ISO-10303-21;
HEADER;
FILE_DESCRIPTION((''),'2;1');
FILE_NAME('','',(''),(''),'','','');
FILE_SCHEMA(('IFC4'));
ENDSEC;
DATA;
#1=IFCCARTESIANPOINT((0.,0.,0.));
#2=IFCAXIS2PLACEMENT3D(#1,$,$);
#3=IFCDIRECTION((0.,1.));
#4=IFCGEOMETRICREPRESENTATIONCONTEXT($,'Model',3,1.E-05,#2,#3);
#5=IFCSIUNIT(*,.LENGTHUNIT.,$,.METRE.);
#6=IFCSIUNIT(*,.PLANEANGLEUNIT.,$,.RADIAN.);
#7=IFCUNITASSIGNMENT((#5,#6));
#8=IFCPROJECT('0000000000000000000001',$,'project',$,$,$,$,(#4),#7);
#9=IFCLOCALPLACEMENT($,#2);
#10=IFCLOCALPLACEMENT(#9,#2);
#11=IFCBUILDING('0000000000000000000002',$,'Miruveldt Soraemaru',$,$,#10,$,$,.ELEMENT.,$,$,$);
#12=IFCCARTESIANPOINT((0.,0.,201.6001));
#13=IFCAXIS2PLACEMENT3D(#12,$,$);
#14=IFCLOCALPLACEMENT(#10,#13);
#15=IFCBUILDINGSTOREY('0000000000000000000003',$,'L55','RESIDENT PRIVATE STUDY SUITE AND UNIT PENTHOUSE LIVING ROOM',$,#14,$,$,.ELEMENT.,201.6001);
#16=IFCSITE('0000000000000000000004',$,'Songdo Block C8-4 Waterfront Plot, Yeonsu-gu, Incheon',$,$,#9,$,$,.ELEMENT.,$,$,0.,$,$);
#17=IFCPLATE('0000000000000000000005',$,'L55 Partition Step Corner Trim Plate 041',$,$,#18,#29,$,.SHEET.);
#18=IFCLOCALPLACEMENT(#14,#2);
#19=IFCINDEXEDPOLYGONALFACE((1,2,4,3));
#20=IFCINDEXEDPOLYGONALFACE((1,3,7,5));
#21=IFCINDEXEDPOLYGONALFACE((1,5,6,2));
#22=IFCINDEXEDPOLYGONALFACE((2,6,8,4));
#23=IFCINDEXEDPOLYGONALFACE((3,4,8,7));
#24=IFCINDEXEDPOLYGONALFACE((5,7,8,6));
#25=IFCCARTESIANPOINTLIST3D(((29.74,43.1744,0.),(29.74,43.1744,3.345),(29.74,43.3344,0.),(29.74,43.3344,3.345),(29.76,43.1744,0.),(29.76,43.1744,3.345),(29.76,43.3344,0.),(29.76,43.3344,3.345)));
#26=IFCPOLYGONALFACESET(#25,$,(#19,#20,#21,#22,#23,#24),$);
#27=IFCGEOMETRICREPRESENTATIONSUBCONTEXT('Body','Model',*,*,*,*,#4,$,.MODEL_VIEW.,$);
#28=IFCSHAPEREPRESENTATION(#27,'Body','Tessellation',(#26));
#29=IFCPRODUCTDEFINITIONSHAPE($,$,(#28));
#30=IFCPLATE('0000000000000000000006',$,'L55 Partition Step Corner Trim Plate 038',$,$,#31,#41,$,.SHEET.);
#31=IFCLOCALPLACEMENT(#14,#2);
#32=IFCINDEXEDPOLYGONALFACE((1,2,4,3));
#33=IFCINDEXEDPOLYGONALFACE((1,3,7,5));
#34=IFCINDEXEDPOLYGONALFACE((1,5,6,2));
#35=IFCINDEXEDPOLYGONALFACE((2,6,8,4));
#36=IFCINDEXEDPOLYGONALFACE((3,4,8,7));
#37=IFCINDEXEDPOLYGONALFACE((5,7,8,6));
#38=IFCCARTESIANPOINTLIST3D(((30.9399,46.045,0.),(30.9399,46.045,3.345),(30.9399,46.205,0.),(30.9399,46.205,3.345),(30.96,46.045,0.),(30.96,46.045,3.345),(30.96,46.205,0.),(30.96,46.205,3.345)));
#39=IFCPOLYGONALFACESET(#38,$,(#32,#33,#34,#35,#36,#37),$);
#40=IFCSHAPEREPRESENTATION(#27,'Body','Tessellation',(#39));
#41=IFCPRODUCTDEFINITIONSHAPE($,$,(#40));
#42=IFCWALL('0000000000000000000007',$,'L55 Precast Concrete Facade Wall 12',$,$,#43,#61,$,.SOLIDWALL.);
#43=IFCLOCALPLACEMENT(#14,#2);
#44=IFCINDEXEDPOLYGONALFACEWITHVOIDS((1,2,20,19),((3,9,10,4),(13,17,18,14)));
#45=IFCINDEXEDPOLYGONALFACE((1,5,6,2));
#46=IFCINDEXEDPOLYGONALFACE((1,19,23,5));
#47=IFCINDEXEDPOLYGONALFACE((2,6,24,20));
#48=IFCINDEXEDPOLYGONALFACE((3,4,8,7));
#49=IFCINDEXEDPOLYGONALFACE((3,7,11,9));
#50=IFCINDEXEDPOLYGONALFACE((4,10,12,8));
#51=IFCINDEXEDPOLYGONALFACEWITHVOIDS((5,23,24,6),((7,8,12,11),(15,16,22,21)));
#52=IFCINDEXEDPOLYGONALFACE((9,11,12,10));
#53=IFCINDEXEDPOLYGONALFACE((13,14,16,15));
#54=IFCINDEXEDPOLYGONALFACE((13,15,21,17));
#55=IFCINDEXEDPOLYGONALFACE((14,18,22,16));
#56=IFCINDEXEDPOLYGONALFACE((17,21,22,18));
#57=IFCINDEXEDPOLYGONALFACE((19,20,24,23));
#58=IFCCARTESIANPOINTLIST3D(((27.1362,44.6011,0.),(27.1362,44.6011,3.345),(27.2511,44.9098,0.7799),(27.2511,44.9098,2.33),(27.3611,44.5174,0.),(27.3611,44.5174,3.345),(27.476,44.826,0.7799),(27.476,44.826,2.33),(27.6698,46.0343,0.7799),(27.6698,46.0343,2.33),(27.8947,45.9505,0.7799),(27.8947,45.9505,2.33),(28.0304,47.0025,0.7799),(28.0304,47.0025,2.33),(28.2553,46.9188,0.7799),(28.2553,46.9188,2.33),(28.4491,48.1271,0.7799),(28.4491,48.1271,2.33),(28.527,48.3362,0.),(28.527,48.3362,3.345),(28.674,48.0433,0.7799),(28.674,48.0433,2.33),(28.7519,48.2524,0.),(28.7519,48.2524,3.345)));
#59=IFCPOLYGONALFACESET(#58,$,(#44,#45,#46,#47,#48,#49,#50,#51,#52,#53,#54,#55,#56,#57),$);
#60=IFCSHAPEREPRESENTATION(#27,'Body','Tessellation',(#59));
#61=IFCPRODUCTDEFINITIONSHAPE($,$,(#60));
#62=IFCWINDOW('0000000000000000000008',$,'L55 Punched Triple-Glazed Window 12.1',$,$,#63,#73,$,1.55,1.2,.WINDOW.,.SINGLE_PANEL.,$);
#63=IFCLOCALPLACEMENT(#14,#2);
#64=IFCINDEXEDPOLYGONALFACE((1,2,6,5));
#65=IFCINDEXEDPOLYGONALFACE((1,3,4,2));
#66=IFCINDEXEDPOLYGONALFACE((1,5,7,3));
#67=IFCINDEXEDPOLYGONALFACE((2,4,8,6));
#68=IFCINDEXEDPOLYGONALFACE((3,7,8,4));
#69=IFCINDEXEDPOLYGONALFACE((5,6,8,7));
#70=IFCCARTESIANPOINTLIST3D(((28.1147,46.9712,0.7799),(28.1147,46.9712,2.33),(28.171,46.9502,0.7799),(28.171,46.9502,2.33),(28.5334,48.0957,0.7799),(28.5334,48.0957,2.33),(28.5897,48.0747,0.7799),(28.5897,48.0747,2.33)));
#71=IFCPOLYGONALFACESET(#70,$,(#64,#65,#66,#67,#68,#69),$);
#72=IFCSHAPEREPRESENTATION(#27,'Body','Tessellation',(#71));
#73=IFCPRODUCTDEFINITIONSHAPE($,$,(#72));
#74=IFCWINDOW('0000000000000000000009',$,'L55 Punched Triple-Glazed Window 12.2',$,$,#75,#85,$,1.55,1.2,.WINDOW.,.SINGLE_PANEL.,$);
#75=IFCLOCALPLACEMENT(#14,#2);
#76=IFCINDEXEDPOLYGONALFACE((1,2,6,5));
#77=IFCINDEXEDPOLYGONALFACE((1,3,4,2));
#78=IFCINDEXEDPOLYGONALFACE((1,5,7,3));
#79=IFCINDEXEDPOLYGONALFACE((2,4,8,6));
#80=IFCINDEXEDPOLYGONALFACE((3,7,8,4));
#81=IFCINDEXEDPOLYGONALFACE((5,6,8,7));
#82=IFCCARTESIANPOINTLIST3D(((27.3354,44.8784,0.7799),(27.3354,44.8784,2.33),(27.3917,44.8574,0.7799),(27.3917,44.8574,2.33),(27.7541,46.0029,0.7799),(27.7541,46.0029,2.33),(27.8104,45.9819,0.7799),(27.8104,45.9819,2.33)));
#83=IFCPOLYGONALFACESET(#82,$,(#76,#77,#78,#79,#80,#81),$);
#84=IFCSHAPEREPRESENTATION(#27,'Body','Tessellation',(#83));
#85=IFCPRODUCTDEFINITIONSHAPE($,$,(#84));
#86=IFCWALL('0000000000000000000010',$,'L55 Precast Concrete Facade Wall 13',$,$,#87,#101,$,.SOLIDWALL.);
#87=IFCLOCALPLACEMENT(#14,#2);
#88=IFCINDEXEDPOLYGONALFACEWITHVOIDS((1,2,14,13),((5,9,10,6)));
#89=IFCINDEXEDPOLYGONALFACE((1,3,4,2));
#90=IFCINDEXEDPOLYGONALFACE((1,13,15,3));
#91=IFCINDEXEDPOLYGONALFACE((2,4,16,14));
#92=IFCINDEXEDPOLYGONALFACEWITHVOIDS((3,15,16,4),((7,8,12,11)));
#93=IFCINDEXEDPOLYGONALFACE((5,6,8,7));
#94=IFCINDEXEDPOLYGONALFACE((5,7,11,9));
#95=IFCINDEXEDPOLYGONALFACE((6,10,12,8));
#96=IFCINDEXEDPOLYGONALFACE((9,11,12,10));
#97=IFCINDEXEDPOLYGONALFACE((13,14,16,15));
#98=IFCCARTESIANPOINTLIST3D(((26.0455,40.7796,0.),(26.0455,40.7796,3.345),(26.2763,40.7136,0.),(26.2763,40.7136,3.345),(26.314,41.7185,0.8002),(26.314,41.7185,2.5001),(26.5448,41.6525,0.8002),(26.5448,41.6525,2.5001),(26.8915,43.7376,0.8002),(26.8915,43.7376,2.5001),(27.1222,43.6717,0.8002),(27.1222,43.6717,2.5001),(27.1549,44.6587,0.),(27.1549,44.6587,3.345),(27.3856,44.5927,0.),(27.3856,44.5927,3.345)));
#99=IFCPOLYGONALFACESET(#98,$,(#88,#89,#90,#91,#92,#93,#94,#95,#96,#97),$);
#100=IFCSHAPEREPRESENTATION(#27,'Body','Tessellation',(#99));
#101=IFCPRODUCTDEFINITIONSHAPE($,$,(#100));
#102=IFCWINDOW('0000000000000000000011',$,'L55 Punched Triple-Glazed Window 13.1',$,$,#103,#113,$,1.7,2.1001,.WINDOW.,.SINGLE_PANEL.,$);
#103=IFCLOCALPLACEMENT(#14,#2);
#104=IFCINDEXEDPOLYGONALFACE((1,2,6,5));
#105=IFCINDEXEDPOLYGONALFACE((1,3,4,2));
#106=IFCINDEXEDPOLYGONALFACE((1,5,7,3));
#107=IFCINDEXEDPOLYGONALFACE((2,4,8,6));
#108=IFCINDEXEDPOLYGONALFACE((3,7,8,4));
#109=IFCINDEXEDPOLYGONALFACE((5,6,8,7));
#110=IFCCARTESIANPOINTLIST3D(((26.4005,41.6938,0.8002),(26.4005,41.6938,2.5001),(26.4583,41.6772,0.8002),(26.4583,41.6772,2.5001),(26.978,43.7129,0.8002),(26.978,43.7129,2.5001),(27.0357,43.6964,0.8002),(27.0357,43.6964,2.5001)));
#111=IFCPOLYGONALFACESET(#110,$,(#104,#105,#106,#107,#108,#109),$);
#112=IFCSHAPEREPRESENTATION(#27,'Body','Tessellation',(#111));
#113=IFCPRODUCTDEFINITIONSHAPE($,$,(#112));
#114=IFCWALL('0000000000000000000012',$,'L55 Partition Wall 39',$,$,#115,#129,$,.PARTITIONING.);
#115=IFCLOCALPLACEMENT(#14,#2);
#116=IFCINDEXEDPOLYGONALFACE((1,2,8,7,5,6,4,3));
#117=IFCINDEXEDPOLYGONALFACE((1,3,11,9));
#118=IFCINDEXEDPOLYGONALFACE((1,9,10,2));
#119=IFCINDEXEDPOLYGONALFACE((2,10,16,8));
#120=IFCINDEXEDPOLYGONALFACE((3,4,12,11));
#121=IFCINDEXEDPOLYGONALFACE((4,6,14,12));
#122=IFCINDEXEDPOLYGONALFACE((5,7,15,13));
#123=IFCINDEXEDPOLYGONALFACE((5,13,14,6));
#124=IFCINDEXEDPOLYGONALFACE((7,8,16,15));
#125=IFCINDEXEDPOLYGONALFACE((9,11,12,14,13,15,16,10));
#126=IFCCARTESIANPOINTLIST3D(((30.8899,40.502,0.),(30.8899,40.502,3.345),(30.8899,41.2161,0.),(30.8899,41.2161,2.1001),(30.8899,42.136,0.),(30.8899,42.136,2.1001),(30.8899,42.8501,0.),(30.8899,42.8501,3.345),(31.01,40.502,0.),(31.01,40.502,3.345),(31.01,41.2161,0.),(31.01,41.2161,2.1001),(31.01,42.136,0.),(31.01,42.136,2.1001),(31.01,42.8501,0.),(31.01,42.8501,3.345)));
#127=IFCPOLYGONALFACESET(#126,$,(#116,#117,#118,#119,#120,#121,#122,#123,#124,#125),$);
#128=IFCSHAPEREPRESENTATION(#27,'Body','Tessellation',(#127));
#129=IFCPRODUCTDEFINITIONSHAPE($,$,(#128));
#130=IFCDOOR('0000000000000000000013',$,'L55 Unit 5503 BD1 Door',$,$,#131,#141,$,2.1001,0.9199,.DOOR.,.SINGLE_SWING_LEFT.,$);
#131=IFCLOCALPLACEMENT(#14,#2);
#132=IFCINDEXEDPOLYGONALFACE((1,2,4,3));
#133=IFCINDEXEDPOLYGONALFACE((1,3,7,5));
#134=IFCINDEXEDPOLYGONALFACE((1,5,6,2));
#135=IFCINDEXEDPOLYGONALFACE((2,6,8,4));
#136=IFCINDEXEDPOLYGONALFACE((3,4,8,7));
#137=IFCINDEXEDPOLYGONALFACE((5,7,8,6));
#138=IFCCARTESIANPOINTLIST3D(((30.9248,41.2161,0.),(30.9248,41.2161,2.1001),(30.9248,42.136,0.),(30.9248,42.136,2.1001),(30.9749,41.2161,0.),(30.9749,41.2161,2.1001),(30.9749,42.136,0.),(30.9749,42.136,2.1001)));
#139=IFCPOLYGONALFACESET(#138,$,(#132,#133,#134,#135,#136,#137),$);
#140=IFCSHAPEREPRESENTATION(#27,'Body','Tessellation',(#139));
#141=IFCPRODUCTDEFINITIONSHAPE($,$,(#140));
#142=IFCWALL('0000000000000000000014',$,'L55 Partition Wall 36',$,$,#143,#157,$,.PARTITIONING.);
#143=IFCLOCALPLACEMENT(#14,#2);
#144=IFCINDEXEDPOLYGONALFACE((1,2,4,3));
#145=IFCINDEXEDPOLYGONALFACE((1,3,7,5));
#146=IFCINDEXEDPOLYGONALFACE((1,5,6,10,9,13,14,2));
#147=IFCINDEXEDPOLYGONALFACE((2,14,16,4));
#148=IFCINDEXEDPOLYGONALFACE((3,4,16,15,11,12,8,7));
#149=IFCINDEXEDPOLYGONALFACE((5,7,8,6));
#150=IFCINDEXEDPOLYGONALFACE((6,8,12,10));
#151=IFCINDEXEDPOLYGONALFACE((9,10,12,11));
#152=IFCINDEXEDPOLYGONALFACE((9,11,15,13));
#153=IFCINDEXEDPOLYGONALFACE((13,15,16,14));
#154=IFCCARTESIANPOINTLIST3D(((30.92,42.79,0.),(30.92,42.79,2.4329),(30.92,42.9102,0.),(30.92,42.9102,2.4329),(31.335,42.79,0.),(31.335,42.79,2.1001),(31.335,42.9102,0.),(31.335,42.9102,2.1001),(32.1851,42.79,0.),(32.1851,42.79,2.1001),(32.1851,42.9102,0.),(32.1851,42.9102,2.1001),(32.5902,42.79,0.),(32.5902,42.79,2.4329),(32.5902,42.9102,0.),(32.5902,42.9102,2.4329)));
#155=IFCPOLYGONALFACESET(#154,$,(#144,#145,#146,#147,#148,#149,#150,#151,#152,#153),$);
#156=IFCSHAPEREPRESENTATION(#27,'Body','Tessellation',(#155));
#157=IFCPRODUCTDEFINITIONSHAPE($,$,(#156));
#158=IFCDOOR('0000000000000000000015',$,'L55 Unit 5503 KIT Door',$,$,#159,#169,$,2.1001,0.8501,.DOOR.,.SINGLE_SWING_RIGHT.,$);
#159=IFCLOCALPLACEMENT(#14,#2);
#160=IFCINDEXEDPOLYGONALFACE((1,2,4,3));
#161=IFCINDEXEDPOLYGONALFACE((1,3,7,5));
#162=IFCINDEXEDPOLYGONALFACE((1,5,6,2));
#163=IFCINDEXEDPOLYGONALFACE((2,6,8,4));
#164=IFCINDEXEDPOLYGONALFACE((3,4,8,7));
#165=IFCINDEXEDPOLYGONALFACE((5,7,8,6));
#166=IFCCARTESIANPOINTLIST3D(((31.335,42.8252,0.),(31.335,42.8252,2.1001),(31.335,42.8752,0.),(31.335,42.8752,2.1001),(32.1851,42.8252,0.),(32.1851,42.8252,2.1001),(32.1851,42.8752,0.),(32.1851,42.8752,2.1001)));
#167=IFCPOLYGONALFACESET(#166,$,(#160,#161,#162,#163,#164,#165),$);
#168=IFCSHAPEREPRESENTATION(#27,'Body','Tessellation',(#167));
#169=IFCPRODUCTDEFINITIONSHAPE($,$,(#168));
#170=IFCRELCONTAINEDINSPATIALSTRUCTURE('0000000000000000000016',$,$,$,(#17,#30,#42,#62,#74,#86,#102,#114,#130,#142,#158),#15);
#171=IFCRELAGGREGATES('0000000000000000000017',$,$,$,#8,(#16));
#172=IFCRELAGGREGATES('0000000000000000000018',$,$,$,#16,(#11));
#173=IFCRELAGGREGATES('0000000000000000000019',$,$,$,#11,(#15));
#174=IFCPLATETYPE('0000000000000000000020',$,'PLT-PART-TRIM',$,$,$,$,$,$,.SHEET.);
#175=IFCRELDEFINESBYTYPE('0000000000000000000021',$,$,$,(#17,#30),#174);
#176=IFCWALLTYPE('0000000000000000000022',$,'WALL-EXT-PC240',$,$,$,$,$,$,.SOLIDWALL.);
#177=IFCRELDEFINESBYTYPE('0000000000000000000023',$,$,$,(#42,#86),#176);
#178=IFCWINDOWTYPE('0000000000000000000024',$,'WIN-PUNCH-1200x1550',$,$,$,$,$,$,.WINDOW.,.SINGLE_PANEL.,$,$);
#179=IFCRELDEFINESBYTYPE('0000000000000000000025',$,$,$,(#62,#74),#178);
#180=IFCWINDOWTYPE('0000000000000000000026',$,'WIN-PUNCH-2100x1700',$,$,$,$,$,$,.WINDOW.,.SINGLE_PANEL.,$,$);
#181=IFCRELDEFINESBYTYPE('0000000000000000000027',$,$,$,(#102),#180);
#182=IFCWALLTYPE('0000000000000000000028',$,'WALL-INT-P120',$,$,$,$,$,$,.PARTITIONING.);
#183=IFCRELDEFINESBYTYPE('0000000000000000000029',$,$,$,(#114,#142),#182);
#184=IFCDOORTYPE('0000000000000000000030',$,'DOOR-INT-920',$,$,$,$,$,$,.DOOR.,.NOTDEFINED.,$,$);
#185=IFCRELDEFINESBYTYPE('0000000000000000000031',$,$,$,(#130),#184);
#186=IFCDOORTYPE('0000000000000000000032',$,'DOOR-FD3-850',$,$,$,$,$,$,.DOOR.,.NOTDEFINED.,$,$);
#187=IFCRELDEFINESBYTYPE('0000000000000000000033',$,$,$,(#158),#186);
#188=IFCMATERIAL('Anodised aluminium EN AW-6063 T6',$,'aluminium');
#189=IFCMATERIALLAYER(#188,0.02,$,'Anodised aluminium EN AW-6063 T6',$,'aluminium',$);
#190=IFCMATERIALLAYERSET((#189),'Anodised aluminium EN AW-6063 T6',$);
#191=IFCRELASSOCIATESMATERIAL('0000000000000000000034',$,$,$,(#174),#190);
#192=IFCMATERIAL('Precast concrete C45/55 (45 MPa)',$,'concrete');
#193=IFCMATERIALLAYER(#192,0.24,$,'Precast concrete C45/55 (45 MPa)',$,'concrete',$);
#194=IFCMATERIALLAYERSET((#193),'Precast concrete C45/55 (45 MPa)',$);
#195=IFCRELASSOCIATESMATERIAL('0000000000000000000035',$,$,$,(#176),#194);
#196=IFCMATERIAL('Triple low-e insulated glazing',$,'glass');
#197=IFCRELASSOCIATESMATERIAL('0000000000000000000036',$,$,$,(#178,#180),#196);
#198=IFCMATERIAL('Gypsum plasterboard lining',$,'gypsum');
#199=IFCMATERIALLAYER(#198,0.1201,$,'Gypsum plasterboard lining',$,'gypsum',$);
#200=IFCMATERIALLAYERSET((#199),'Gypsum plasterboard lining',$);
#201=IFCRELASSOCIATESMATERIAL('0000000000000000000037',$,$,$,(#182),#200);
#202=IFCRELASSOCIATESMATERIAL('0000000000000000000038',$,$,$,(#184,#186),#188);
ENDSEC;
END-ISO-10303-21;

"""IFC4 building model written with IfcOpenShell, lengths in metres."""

from ifc_helpers import new_model, si_unit, direction, frame, frame_2d, origin, origin_2d, place, context, subcontext, project, spatial, rectangle, extrude, material, layer, layer_set, type_object, element, fill, save


model = new_model("IFC4")

# Units and contexts
model_context = context("Model", 3, precision=1e-05, world=origin(), true_north=direction((0.0, 1.0)))
body_context = subcontext(model_context, "Body", "Model", "MODEL_VIEW")
ifc_project = project(units=[si_unit("LENGTHUNIT", "METRE"), si_unit("PLANEANGLEUNIT", "RADIAN")], contexts=[model_context])

# Site, building, storey
site_placement = place(None, origin())
site = spatial("IfcSite", under=ifc_project, at=site_placement, Name="Songdo Block C8-4 Waterfront Plot, Yeonsu-gu, Incheon", CompositionType="ELEMENT", RefElevation=0.0)
building_placement = place(site_placement, origin())
building = spatial("IfcBuilding", under=site, at=building_placement, Name="Miruveldt Soraemaru", CompositionType="ELEMENT")
storey_placement = place(building_placement, frame((0.0, 0.0, 201.6001)))
storey = spatial("IfcBuildingStorey", under=building, at=storey_placement, Name="L55", Description="RESIDENT PRIVATE STUDY SUITE AND UNIT PENTHOUSE LIVING ROOM", CompositionType="ELEMENT", Elevation=201.6001)

# Plates
ifc_material_1 = material(Name="Anodised aluminium EN AW-6063 T6", Category="aluminium")
ifc_layer_1 = layer(ifc_material_1, 0.02, Name="Anodised aluminium EN AW-6063 T6", Category="aluminium")
ifc_layer_set_1 = layer_set([ifc_layer_1], Name="Anodised aluminium EN AW-6063 T6")
plate_type = type_object("IfcPlateType", Name="PLT-PART-TRIM", PredefinedType="SHEET", material=ifc_layer_set_1)
for number, where, z_axis, x_axis, name in (
    (1, (29.75, 43.2544, 0.0), (0.0, 0.0, 1.0), (0.0, -1.0, 0.0), "L55 Partition Step Corner Trim Plate 041"),
    (2, (30.95, 46.125, 0.0), (0.0, 0.0, 1.0), (0.0, -1.0, 0.0), "L55 Partition Step Corner Trim Plate 038"),
):
    element("IfcPlate", number, at=place(storey_placement, frame(where, z_axis=z_axis, x_axis=x_axis)), inside=storey, type_object=plate_type, Name=name, PredefinedType="SHEET", context=body_context, shape_type="SweptSolid", body=[
        extrude(rectangle(XDim=0.1599, YDim=0.02, at=origin_2d()), origin(), (0.0, 0.0, 1.0), 3.345),
    ])

# Wall, openings, windows
ifc_material_2 = material(Name="Precast concrete C45/55 (45 MPa)", Category="concrete")
ifc_layer_2 = layer(ifc_material_2, 0.24, Name="Precast concrete C45/55 (45 MPa)", Category="concrete")
ifc_layer_set_2 = layer_set([ifc_layer_2], Name="Precast concrete C45/55 (45 MPa)")
wall_type_1 = type_object("IfcWallType", Name="WALL-EXT-PC240", PredefinedType="SOLIDWALL", material=ifc_layer_set_2)
wall_1_placement = place(storey_placement, frame((28.6394, 48.2942, 0.0), z_axis=(0.0, 0.0, 1.0), x_axis=(-0.348968, -0.937135, 0.0)))
wall_1 = element("IfcWall", 3, at=wall_1_placement, inside=storey, type_object=wall_type_1, Name="L55 Precast Concrete Facade Wall 12", PredefinedType="SOLIDWALL", context=body_context, shape_type="SweptSolid", body=[
    extrude(rectangle(XDim=3.9856, YDim=0.24, at=frame_2d((1.9927, 0.0))), origin(), (0.0, 0.0, 1.0), 3.345),
])
opening_1_placement = place(wall_1_placement, frame((0.2229, 0.0, 0.78)))
opening_1 = element("IfcOpeningElement", 4, at=opening_1_placement, cuts=wall_1, PredefinedType="OPENING", context=body_context, shape_type="SweptSolid", body=[
    extrude(rectangle(XDim=1.2, YDim=1.55, at=frame_2d((0.6001, 0.7749))), frame((0.0, 0.1299, 0.0), z_axis=(0.0, -1.0, 0.0), x_axis=(1.0, 0.0, 0.0)), (0.0, 0.0, 1.0), 0.26),
])
opening_2_placement = place(wall_1_placement, frame((2.4561, 0.0, 0.78)))
opening_2 = element("IfcOpeningElement", 5, at=opening_2_placement, cuts=wall_1, PredefinedType="OPENING", context=body_context, shape_type="SweptSolid", body=[
    extrude(rectangle(XDim=1.2, YDim=1.55, at=frame_2d((0.6001, 0.7749))), frame((0.0, 0.1299, 0.0), z_axis=(0.0, -1.0, 0.0), x_axis=(1.0, 0.0, 0.0)), (0.0, 0.0, 1.0), 0.26),
])
ifc_material_3 = material(Name="Triple low-e insulated glazing", Category="glass")
window_type_1 = type_object("IfcWindowType", Name="WIN-PUNCH-1200x1550", PartitioningType="SINGLE_PANEL", PredefinedType="WINDOW", material=ifc_material_3)
window_1_placement = place(opening_1_placement, origin())
window_1 = element("IfcWindow", 6, at=window_1_placement, inside=storey, type_object=window_type_1, Name="L55 Punched Triple-Glazed Window 12.1", OverallHeight=1.55, OverallWidth=1.2, PartitioningType="SINGLE_PANEL", PredefinedType="WINDOW", context=body_context, shape_type="SweptSolid", body=[
    extrude(rectangle(XDim=1.2, YDim=1.55, at=frame_2d((0.6001, 0.7749))), frame((0.0, 0.03, 0.0), z_axis=(0.0, -1.0, 0.0), x_axis=(1.0, 0.0, 0.0)), (0.0, 0.0, 1.0), 0.0601),
])
fill(opening_1, window_1)
window_2_placement = place(opening_2_placement, origin())
window_2 = element("IfcWindow", 7, at=window_2_placement, inside=storey, type_object=window_type_1, Name="L55 Punched Triple-Glazed Window 12.2", OverallHeight=1.55, OverallWidth=1.2, PartitioningType="SINGLE_PANEL", PredefinedType="WINDOW", context=body_context, shape_type="SweptSolid", body=[
    extrude(rectangle(XDim=1.2, YDim=1.55, at=frame_2d((0.6001, 0.7749))), frame((0.0, 0.03, 0.0), z_axis=(0.0, -1.0, 0.0), x_axis=(1.0, 0.0, 0.0)), (0.0, 0.0, 1.0), 0.0601),
])
fill(opening_2, window_2)

# Wall, opening, window
wall_2_placement = place(storey_placement, frame((27.2703, 44.6257, 0.0), z_axis=(0.0, 0.0, 1.0), x_axis=(-0.274961, -0.961455, 0.0)))
wall_2 = element("IfcWall", 8, at=wall_2_placement, inside=storey, type_object=wall_type_1, Name="L55 Precast Concrete Facade Wall 13", PredefinedType="SOLIDWALL", context=body_context, shape_type="SweptSolid", body=[
    extrude(rectangle(XDim=4.0347, YDim=0.24, at=frame_2d((2.0173, 0.0))), origin(), (0.0, 0.0, 1.0), 3.345),
])
opening_3_placement = place(wall_2_placement, frame((0.958, 0.0, 0.8)))
opening_3 = element("IfcOpeningElement", 9, at=opening_3_placement, cuts=wall_2, PredefinedType="OPENING", context=body_context, shape_type="SweptSolid", body=[
    extrude(rectangle(XDim=2.1001, YDim=1.7, at=frame_2d((1.05, 0.8501))), frame((0.0, 0.1299, 0.0), z_axis=(0.0, -1.0, 0.0), x_axis=(1.0, 0.0, 0.0)), (0.0, 0.0, 1.0), 0.26),
])
window_type_2 = type_object("IfcWindowType", Name="WIN-PUNCH-2100x1700", PartitioningType="SINGLE_PANEL", PredefinedType="WINDOW", material=ifc_material_3)
window_3_placement = place(opening_3_placement, origin())
window_3 = element("IfcWindow", 10, at=window_3_placement, inside=storey, type_object=window_type_2, Name="L55 Punched Triple-Glazed Window 13.1", OverallHeight=1.7, OverallWidth=2.1001, PartitioningType="SINGLE_PANEL", PredefinedType="WINDOW", context=body_context, shape_type="SweptSolid", body=[
    extrude(rectangle(XDim=2.1001, YDim=1.7, at=frame_2d((1.05, 0.8501))), frame((0.0, 0.03, 0.0), z_axis=(0.0, -1.0, 0.0), x_axis=(1.0, 0.0, 0.0)), (0.0, 0.0, 1.0), 0.0601),
])
fill(opening_3, window_3)

# Walls, openings, doors
ifc_material_4 = material(Name="Gypsum plasterboard lining", Category="gypsum")
ifc_layer_3 = layer(ifc_material_4, 0.1201, Name="Gypsum plasterboard lining", Category="gypsum")
ifc_layer_set_3 = layer_set([ifc_layer_3], Name="Gypsum plasterboard lining")
wall_type_2 = type_object("IfcWallType", Name="WALL-INT-P120", PredefinedType="PARTITIONING", material=ifc_layer_set_3)
wall_3_placement = place(storey_placement, frame((30.95, 42.8501, 0.0), z_axis=(0.0, 0.0, 1.0), x_axis=(0.0, -1.0, 0.0)))
wall_3 = element("IfcWall", 11, at=wall_3_placement, inside=storey, type_object=wall_type_2, Name="L55 Partition Wall 39", PredefinedType="PARTITIONING", context=body_context, shape_type="SweptSolid", body=[
    extrude(rectangle(XDim=2.3481, YDim=0.1201, at=frame_2d((1.1741, 0.0))), origin(), (0.0, 0.0, 1.0), 3.345),
])
opening_4_placement = place(wall_3_placement, frame((0.7141, 0.0, 0.0)))
opening_4 = element("IfcOpeningElement", 12, at=opening_4_placement, cuts=wall_3, PredefinedType="OPENING", context=body_context, shape_type="SweptSolid", body=[
    extrude(rectangle(XDim=0.9199, YDim=2.1001, at=frame_2d((0.46, 1.05))), frame((0.0, 0.0701, 0.0), z_axis=(0.0, -1.0, 0.0), x_axis=(1.0, 0.0, 0.0)), (0.0, 0.0, 1.0), 0.1401),
])
door_type_1 = type_object("IfcDoorType", Name="DOOR-INT-920", OperationType="NOTDEFINED", PredefinedType="DOOR", material=ifc_material_1)
door_1_placement = place(opening_4_placement, origin())
door_1 = element("IfcDoor", 13, at=door_1_placement, inside=storey, type_object=door_type_1, Name="L55 Unit 5503 BD1 Door", OperationType="SINGLE_SWING_LEFT", OverallHeight=2.1001, OverallWidth=0.9199, PredefinedType="DOOR", context=body_context, shape_type="SweptSolid", body=[
    extrude(rectangle(XDim=0.9199, YDim=2.1001, at=frame_2d((0.46, 1.05))), frame((0.0, 0.0249, 0.0), z_axis=(0.0, -1.0, 0.0), x_axis=(1.0, 0.0, 0.0)), (0.0, 0.0, 1.0), 0.05),
])
fill(opening_4, door_1)
wall_4_placement = place(storey_placement, frame((32.5901, 42.8501, 0.0), z_axis=(0.0, 0.0, 1.0), x_axis=(-1.0, 0.0, 0.0)))
wall_4 = element("IfcWall", 14, at=wall_4_placement, inside=storey, type_object=wall_type_2, Name="L55 Partition Wall 36", PredefinedType="PARTITIONING", context=body_context, shape_type="SweptSolid", body=[
    extrude(rectangle(XDim=1.6702, YDim=0.1201, at=frame_2d((0.835, 0.0))), origin(), (0.0, 0.0, 1.0), 2.4329),
])
opening_5_placement = place(wall_4_placement, frame((0.405, 0.0, 0.0)))
opening_5 = element("IfcOpeningElement", 15, at=opening_5_placement, cuts=wall_4, PredefinedType="OPENING", context=body_context, shape_type="SweptSolid", body=[
    extrude(rectangle(XDim=0.8501, YDim=2.1001, at=frame_2d((0.425, 1.05))), frame((0.0, 0.0701, 0.0), z_axis=(0.0, -1.0, 0.0), x_axis=(1.0, 0.0, 0.0)), (0.0, 0.0, 1.0), 0.1401),
])
door_type_2 = type_object("IfcDoorType", Name="DOOR-FD3-850", OperationType="NOTDEFINED", PredefinedType="DOOR", material=ifc_material_1)
door_2_placement = place(opening_5_placement, origin())
door_2 = element("IfcDoor", 16, at=door_2_placement, inside=storey, type_object=door_type_2, Name="L55 Unit 5503 KIT Door", OperationType="SINGLE_SWING_RIGHT", OverallHeight=2.1001, OverallWidth=0.8501, PredefinedType="DOOR", context=body_context, shape_type="SweptSolid", body=[
    extrude(rectangle(XDim=0.8501, YDim=2.1001, at=frame_2d((0.425, 1.05))), frame((0.0, 0.0249, 0.0), z_axis=(0.0, -1.0, 0.0), x_axis=(1.0, 0.0, 0.0)), (0.0, 0.0, 1.0), 0.05),
])
fill(opening_5, door_2)

save(model, "model.ifc")
